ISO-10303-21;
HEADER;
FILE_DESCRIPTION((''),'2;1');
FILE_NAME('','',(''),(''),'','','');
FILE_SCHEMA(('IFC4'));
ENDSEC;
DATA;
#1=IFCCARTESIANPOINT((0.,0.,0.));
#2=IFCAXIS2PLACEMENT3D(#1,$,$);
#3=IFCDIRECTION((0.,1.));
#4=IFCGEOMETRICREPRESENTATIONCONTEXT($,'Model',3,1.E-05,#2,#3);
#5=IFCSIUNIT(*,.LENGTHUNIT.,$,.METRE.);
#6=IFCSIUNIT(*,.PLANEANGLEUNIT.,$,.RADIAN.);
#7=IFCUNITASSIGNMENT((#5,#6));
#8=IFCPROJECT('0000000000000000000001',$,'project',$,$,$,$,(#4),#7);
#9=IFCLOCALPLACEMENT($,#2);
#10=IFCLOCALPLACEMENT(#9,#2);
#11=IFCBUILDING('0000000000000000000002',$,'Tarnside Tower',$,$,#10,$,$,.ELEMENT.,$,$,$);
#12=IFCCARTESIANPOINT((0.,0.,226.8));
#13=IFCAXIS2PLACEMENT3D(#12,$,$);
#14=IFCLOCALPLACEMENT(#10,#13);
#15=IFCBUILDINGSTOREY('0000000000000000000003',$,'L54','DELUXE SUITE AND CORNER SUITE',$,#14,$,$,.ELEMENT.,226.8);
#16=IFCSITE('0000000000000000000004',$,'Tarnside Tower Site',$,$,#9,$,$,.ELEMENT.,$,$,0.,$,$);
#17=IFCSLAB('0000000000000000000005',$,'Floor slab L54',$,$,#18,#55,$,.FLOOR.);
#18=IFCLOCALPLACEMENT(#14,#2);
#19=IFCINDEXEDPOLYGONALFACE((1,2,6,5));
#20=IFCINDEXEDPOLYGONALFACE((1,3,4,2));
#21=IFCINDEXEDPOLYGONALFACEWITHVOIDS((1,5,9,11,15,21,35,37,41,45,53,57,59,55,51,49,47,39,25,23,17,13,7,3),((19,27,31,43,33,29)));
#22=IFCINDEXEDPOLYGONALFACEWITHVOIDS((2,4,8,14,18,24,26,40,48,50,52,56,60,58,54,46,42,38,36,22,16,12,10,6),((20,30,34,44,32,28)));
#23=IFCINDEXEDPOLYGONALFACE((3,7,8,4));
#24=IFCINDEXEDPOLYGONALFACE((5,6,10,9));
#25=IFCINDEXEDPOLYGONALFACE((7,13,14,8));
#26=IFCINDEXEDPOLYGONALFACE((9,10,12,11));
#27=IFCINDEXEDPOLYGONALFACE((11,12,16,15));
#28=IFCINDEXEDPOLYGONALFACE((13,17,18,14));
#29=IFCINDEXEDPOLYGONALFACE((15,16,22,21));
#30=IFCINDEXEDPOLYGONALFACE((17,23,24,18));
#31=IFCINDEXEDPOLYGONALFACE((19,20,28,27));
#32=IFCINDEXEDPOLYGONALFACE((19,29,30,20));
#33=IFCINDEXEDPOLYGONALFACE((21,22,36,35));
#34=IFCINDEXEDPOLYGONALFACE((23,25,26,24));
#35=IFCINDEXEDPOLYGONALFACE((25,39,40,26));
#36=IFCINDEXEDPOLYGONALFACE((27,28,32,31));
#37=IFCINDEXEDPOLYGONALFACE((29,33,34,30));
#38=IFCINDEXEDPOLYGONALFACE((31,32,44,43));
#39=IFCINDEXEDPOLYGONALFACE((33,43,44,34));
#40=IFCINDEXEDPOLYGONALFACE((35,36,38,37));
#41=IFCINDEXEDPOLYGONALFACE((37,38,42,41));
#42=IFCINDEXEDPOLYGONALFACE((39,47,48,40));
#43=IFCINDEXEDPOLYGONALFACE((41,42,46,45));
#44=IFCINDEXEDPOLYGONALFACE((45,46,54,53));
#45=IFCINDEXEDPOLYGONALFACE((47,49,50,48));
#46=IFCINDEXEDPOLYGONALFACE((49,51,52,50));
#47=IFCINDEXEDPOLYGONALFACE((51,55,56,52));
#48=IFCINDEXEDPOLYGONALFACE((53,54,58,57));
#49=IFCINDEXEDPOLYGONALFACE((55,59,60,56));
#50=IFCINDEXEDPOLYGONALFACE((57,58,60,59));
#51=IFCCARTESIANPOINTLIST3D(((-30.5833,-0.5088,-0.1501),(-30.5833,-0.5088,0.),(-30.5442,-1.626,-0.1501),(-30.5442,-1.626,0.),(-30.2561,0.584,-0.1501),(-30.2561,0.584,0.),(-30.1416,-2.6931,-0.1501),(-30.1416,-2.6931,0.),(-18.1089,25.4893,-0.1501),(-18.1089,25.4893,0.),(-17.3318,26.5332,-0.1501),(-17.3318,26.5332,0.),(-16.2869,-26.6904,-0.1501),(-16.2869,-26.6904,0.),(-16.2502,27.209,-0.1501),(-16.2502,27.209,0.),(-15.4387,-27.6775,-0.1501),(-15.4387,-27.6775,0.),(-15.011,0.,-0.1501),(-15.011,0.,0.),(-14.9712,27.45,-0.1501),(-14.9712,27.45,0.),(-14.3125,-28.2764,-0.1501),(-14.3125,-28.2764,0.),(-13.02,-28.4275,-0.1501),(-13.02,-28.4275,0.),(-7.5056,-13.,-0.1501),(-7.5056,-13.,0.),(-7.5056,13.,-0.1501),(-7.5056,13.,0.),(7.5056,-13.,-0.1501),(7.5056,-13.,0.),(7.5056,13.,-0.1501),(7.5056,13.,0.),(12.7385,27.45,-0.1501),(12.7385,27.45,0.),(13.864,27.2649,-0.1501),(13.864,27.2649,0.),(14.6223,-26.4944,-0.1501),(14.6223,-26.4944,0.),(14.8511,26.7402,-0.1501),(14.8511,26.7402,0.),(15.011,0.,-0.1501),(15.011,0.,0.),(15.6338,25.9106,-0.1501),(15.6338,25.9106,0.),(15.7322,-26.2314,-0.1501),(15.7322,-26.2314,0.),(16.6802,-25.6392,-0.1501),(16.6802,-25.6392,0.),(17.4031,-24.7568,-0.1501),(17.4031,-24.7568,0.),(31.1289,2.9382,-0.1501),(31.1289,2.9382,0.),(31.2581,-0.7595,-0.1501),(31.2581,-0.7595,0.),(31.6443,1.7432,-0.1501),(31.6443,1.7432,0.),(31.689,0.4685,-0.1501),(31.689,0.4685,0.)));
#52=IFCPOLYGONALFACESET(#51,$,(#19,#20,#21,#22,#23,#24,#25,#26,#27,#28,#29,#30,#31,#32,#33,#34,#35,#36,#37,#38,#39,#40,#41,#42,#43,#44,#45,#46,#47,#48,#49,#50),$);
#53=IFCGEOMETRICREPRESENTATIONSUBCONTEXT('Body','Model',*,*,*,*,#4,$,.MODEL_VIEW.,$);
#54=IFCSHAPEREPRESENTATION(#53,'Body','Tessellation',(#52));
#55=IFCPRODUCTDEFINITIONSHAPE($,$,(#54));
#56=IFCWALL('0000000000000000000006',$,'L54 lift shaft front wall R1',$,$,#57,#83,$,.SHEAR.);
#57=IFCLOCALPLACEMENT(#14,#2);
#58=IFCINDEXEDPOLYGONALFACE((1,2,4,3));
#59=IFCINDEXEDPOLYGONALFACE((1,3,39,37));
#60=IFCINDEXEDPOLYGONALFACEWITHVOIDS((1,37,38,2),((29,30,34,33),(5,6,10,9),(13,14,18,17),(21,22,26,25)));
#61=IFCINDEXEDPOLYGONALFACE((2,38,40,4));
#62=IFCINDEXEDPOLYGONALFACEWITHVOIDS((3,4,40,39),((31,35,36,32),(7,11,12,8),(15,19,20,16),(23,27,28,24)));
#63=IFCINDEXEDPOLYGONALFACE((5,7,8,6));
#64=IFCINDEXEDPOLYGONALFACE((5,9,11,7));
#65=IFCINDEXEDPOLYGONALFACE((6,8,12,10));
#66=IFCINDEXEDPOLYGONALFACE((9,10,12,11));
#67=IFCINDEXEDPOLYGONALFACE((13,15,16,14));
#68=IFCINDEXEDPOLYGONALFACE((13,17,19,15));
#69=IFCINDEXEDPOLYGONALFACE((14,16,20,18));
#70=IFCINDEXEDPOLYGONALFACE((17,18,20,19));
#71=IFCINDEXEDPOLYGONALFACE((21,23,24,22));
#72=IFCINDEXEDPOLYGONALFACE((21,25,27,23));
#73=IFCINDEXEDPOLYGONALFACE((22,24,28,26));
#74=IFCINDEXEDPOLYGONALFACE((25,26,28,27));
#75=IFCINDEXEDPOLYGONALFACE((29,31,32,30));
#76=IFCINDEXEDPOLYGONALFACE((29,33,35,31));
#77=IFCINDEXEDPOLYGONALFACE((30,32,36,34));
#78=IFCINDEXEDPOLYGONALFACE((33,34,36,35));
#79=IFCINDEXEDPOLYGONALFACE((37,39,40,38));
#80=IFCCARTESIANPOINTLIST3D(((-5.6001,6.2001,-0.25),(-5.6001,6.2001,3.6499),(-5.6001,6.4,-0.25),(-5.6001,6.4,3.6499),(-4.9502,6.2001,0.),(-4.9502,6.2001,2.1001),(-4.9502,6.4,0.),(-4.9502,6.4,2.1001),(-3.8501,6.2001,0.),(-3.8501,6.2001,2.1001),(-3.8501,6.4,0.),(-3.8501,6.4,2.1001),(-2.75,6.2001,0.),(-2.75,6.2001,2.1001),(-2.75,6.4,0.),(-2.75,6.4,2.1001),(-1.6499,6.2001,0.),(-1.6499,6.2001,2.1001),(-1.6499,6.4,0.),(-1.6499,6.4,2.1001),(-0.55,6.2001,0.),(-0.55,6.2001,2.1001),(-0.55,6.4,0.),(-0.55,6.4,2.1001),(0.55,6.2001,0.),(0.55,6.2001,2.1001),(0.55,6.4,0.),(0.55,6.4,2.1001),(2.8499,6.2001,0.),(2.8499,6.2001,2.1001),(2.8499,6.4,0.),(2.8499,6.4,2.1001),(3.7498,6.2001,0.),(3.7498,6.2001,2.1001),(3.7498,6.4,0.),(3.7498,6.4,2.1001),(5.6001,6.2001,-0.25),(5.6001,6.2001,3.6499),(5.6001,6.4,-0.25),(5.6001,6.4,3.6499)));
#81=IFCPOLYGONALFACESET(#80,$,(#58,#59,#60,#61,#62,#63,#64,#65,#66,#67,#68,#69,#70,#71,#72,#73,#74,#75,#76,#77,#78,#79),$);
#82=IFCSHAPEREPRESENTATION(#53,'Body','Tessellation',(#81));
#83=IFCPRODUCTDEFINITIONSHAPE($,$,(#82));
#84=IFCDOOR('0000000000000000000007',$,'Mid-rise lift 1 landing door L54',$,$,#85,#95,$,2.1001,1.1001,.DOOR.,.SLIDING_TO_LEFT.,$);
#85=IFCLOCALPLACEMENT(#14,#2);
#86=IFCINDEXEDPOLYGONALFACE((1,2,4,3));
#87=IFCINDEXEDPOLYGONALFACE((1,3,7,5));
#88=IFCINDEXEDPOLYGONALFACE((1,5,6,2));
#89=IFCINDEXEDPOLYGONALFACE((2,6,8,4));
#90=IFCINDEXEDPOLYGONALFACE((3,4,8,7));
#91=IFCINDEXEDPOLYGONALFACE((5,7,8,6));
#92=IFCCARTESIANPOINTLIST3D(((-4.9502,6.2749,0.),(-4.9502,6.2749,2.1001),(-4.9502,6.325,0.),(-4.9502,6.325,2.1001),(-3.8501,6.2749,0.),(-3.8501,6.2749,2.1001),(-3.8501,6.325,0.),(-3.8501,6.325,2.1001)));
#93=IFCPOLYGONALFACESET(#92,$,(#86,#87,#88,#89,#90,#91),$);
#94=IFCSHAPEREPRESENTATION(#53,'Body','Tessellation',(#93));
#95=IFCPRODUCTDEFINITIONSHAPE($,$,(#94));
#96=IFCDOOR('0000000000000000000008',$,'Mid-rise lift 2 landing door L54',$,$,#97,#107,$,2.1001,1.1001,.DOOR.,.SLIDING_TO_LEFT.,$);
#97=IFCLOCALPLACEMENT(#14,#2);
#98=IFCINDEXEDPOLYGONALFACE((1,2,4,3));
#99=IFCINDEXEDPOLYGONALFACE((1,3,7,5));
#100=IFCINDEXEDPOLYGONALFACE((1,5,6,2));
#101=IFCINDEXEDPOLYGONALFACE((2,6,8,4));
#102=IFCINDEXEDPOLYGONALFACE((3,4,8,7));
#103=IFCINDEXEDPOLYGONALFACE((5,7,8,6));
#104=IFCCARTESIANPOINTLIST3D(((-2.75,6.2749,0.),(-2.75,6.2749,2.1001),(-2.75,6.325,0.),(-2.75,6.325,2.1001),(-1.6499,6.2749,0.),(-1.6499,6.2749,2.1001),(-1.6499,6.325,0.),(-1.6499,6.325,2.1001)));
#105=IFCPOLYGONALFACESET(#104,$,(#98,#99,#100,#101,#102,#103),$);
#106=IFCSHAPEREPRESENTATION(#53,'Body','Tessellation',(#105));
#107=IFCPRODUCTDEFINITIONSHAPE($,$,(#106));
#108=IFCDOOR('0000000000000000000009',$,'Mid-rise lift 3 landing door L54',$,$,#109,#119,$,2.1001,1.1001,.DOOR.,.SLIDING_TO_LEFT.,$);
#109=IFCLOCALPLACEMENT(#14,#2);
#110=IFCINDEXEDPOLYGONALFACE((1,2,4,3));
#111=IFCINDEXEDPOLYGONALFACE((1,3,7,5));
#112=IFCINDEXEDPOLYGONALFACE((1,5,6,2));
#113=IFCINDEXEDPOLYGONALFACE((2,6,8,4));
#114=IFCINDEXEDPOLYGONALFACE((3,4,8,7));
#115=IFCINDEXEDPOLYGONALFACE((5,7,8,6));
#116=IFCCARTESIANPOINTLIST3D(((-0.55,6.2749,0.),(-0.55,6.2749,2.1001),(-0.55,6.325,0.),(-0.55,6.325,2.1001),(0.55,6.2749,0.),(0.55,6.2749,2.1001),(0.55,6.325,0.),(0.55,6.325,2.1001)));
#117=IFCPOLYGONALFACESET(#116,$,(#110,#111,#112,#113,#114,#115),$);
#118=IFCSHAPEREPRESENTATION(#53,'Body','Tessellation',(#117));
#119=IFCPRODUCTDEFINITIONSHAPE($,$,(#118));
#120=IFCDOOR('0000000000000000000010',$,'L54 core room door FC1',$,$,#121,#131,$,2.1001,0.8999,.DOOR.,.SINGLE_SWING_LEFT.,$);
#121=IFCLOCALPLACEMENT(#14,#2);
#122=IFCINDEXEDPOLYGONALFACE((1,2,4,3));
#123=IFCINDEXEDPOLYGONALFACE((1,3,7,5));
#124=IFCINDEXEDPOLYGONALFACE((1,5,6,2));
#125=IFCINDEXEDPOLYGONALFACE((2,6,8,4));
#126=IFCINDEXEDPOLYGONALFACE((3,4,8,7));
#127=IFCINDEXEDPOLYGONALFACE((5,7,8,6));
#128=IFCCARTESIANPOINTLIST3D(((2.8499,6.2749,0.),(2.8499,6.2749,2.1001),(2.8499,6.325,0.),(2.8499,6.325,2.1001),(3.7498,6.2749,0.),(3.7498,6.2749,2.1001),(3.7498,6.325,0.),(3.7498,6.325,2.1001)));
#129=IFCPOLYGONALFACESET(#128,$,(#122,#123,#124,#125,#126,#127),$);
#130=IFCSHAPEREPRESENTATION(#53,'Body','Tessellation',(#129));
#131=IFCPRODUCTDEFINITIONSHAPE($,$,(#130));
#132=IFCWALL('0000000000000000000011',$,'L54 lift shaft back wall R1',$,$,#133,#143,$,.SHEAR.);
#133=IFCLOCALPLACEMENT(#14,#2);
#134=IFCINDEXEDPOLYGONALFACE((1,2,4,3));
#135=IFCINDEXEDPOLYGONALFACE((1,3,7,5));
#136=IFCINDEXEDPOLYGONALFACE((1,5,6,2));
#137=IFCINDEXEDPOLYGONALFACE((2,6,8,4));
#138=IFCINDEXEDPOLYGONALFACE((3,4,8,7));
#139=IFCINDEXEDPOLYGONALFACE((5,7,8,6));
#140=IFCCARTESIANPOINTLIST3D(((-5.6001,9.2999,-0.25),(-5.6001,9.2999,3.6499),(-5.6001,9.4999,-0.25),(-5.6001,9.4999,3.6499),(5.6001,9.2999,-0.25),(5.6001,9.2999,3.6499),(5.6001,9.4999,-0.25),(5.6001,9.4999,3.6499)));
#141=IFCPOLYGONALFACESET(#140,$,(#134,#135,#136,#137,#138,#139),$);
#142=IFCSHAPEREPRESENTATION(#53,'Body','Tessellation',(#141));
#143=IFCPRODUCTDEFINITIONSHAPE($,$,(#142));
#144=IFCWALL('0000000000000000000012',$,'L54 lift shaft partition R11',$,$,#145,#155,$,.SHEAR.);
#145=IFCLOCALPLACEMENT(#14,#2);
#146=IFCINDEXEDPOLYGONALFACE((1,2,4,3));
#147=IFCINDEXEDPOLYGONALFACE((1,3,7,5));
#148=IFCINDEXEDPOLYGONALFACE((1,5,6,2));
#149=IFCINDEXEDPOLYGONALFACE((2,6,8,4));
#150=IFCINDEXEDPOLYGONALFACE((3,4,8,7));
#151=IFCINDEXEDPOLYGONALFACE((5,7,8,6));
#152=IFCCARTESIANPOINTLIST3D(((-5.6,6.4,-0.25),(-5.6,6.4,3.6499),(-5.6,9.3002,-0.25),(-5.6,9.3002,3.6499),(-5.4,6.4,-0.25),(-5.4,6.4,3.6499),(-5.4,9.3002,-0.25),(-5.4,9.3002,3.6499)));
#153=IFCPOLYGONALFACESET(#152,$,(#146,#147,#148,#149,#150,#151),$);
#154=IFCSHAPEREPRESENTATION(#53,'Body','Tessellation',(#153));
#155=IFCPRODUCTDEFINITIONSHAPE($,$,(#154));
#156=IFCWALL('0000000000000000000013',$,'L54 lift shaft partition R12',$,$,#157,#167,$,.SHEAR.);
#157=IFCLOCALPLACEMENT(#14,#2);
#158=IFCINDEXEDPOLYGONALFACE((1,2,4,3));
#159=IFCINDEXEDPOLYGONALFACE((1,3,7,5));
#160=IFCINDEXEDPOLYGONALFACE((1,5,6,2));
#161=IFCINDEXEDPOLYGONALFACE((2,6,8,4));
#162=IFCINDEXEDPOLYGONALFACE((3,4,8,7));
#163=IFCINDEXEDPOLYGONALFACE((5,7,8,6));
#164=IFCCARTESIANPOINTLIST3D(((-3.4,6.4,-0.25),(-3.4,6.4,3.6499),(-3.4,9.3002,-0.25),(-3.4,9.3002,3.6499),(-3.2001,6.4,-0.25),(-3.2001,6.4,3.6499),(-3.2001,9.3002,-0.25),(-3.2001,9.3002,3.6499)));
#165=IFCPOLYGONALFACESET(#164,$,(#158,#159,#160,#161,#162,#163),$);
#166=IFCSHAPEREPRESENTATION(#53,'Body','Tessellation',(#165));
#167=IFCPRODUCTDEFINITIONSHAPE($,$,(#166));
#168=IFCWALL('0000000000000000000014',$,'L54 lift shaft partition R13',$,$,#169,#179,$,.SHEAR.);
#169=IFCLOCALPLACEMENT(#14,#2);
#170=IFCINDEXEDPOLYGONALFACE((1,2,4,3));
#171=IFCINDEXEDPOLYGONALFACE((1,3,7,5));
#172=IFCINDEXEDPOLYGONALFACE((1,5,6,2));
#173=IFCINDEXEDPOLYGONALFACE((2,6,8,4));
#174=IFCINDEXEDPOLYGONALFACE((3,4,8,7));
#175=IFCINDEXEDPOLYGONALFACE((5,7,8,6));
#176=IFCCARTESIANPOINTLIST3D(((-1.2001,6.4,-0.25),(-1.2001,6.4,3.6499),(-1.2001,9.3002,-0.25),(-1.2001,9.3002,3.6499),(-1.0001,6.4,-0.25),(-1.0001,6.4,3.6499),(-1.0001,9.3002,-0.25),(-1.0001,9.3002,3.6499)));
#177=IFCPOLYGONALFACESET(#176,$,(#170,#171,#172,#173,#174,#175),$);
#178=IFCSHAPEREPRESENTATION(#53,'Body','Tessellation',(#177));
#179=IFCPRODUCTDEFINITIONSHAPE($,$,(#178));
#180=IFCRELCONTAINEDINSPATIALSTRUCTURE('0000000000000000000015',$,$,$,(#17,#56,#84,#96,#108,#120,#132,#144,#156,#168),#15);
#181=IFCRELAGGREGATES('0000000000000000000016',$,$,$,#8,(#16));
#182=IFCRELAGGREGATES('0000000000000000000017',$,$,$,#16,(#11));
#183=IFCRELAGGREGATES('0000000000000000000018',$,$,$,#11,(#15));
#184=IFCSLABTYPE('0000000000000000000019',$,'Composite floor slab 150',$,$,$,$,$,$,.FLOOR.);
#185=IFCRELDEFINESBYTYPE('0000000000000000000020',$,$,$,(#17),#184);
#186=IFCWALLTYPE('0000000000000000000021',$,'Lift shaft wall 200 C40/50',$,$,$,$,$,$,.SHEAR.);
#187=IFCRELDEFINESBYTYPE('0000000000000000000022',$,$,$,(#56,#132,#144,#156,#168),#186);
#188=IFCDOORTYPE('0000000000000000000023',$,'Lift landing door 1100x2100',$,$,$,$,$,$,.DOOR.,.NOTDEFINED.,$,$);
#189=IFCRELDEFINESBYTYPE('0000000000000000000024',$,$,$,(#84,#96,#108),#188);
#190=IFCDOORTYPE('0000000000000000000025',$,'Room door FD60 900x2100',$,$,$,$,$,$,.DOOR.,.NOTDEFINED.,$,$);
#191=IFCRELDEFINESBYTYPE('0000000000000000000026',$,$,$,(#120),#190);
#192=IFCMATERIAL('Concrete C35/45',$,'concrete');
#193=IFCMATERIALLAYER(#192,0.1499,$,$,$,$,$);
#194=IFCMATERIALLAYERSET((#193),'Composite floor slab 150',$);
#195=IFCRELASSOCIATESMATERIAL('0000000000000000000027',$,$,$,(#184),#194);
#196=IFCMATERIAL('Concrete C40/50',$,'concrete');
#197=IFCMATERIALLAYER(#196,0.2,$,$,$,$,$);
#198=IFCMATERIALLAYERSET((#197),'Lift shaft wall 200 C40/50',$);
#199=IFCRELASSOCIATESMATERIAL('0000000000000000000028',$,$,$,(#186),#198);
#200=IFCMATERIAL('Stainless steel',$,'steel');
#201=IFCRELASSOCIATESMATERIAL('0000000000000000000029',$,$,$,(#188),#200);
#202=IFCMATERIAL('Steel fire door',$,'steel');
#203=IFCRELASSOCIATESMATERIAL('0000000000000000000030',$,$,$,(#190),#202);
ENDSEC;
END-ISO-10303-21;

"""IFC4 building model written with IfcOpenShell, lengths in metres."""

from ifc_helpers import new_model, si_unit, direction, frame, frame_2d, origin, place, context, subcontext, project, spatial, polyline, rectangle, outline, extrude, material, layer, layer_set, type_object, element, fill, save


model = new_model("IFC4")

# Units and contexts
model_context = context("Model", 3, precision=1e-05, world=origin(), true_north=direction((0.0, 1.0)))
body_context = subcontext(model_context, "Body", "Model", "MODEL_VIEW")
ifc_project = project(units=[si_unit("LENGTHUNIT", "METRE"), si_unit("PLANEANGLEUNIT", "RADIAN")], contexts=[model_context])

# Site, building, storey
site_placement = place(None, origin())
site = spatial("IfcSite", under=ifc_project, at=site_placement, Name="Tarnside Tower Site", CompositionType="ELEMENT", RefElevation=0.0)
building_placement = place(site_placement, origin())
building = spatial("IfcBuilding", under=site, at=building_placement, Name="Tarnside Tower", CompositionType="ELEMENT")
storey_placement = place(building_placement, frame((0.0, 0.0, 226.8)))
storey = spatial("IfcBuildingStorey", under=building, at=storey_placement, Name="L54", Description="DELUXE SUITE AND CORNER SUITE", CompositionType="ELEMENT", Elevation=226.8)

# Slab
ifc_material_1 = material(Name="Concrete C35/45", Category="concrete")
ifc_layer_1 = layer(ifc_material_1, 0.1499)
ifc_layer_set_1 = layer_set([ifc_layer_1], Name="Composite floor slab 150")
slab_type = type_object("IfcSlabType", Name="Composite floor slab 150", PredefinedType="FLOOR", material=ifc_layer_set_1)
slab_placement = place(storey_placement, frame((0.0, 0.0, -0.1501)))
element("IfcSlab", 1, at=slab_placement, inside=storey, type_object=slab_type, Name="Floor slab L54", PredefinedType="FLOOR", context=body_context, shape_type="SweptSolid", body=[
    extrude(outline(polyline([(13.864, 27.2649), (14.8511, 26.7402), (15.6338, 25.9106), (31.1289, 2.9382), (31.6443, 1.7432), (31.689, 0.4685), (31.2581, -0.7595), (17.4031, -24.7568), (16.6802, -25.6392), (15.7322, -26.2314), (14.6223, -26.4944), (-13.02, -28.4275), (-14.3125, -28.2764), (-15.4387, -27.6775), (-16.2869, -26.6904), (-30.1416, -2.6931), (-30.5442, -1.626), (-30.5833, -0.5088), (-30.2561, 0.584), (-18.1089, 25.4893), (-17.3318, 26.5332), (-16.2502, 27.209), (-14.9712, 27.45), (12.7385, 27.45), (13.864, 27.2649)]), holes=[polyline([(-15.011, 0.0), (-7.5056, -13.0), (7.5056, -13.0), (15.011, 0.0), (7.5056, 13.0), (-7.5056, 13.0), (-15.011, 0.0)])]), origin(), (0.0, 0.0, 1.0), 0.1501),
])

# Wall, openings, doors
ifc_material_2 = material(Name="Concrete C40/50", Category="concrete")
ifc_layer_2 = layer(ifc_material_2, 0.2)
ifc_layer_set_2 = layer_set([ifc_layer_2], Name="Lift shaft wall 200 C40/50")
wall_type = type_object("IfcWallType", Name="Lift shaft wall 200 C40/50", PredefinedType="SHEAR", material=ifc_layer_set_2)
wall_1_placement = place(storey_placement, frame((-5.6001, 6.3, -0.25), z_axis=(0.0, 0.0, 1.0), x_axis=(1.0, 0.0, 0.0)))
wall_1 = element("IfcWall", 2, at=wall_1_placement, inside=storey, type_object=wall_type, Name="L54 lift shaft front wall R1", PredefinedType="SHEAR", context=body_context, shape_type="SweptSolid", body=[
    extrude(rectangle(XDim=11.2002, YDim=0.2, at=frame_2d((5.6001, 0.0))), origin(), (0.0, 0.0, 1.0), 3.8999),
])
opening_1_placement = place(wall_1_placement, frame((8.45, 0.0, 0.25)))
opening_1 = element("IfcOpeningElement", 3, at=opening_1_placement, cuts=wall_1, PredefinedType="OPENING", context=body_context, shape_type="SweptSolid", body=[
    extrude(rectangle(XDim=0.8999, YDim=2.1001, at=frame_2d((0.45, 1.05))), frame((0.0, 0.1099, 0.0), z_axis=(0.0, -1.0, 0.0), x_axis=(1.0, 0.0, 0.0)), (0.0, 0.0, 1.0), 0.22),
])
opening_2_placement = place(wall_1_placement, frame((0.6499, 0.0, 0.25)))
opening_2 = element("IfcOpeningElement", 4, at=opening_2_placement, cuts=wall_1, PredefinedType="OPENING", context=body_context, shape_type="SweptSolid", body=[
    extrude(rectangle(XDim=1.1001, YDim=2.1001, at=frame_2d((0.55, 1.05))), frame((0.0, 0.1099, 0.0), z_axis=(0.0, -1.0, 0.0), x_axis=(1.0, 0.0, 0.0)), (0.0, 0.0, 1.0), 0.22),
])
opening_3_placement = place(wall_1_placement, frame((2.8501, 0.0, 0.25)))
opening_3 = element("IfcOpeningElement", 5, at=opening_3_placement, cuts=wall_1, PredefinedType="OPENING", context=body_context, shape_type="SweptSolid", body=[
    extrude(rectangle(XDim=1.1001, YDim=2.1001, at=frame_2d((0.55, 1.05))), frame((0.0, 0.1099, 0.0), z_axis=(0.0, -1.0, 0.0), x_axis=(1.0, 0.0, 0.0)), (0.0, 0.0, 1.0), 0.22),
])
opening_4_placement = place(wall_1_placement, frame((5.05, 0.0, 0.25)))
opening_4 = element("IfcOpeningElement", 6, at=opening_4_placement, cuts=wall_1, PredefinedType="OPENING", context=body_context, shape_type="SweptSolid", body=[
    extrude(rectangle(XDim=1.1001, YDim=2.1001, at=frame_2d((0.55, 1.05))), frame((0.0, 0.1099, 0.0), z_axis=(0.0, -1.0, 0.0), x_axis=(1.0, 0.0, 0.0)), (0.0, 0.0, 1.0), 0.22),
])
ifc_material_3 = material(Name="Stainless steel", Category="steel")
door_type_1 = type_object("IfcDoorType", Name="Lift landing door 1100x2100", OperationType="NOTDEFINED", PredefinedType="DOOR", material=ifc_material_3)
door_1_placement = place(opening_2_placement, origin())
door_1 = element("IfcDoor", 7, at=door_1_placement, inside=storey, type_object=door_type_1, Name="Mid-rise lift 1 landing door L54", OperationType="SLIDING_TO_LEFT", OverallHeight=2.1001, OverallWidth=1.1001, PredefinedType="DOOR", context=body_context, shape_type="SweptSolid", body=[
    extrude(rectangle(XDim=1.1001, YDim=2.1001, at=frame_2d((0.55, 1.05))), frame((0.0, 0.0249, 0.0), z_axis=(0.0, -1.0, 0.0), x_axis=(1.0, 0.0, 0.0)), (0.0, 0.0, 1.0), 0.05),
])
fill(opening_2, door_1)
door_2_placement = place(opening_3_placement, origin())
door_2 = element("IfcDoor", 8, at=door_2_placement, inside=storey, type_object=door_type_1, Name="Mid-rise lift 2 landing door L54", OperationType="SLIDING_TO_LEFT", OverallHeight=2.1001, OverallWidth=1.1001, PredefinedType="DOOR", context=body_context, shape_type="SweptSolid", body=[
    extrude(rectangle(XDim=1.1001, YDim=2.1001, at=frame_2d((0.55, 1.05))), frame((0.0, 0.0249, 0.0), z_axis=(0.0, -1.0, 0.0), x_axis=(1.0, 0.0, 0.0)), (0.0, 0.0, 1.0), 0.05),
])
fill(opening_3, door_2)
door_3_placement = place(opening_4_placement, origin())
door_3 = element("IfcDoor", 9, at=door_3_placement, inside=storey, type_object=door_type_1, Name="Mid-rise lift 3 landing door L54", OperationType="SLIDING_TO_LEFT", OverallHeight=2.1001, OverallWidth=1.1001, PredefinedType="DOOR", context=body_context, shape_type="SweptSolid", body=[
    extrude(rectangle(XDim=1.1001, YDim=2.1001, at=frame_2d((0.55, 1.05))), frame((0.0, 0.0249, 0.0), z_axis=(0.0, -1.0, 0.0), x_axis=(1.0, 0.0, 0.0)), (0.0, 0.0, 1.0), 0.05),
])
fill(opening_4, door_3)
ifc_material_4 = material(Name="Steel fire door", Category="steel")
door_type_2 = type_object("IfcDoorType", Name="Room door FD60 900x2100", OperationType="NOTDEFINED", PredefinedType="DOOR", material=ifc_material_4)
door_4_placement = place(opening_1_placement, origin())
door_4 = element("IfcDoor", 10, at=door_4_placement, inside=storey, type_object=door_type_2, Name="L54 core room door FC1", OperationType="SINGLE_SWING_LEFT", OverallHeight=2.1001, OverallWidth=0.8999, PredefinedType="DOOR", context=body_context, shape_type="SweptSolid", body=[
    extrude(rectangle(XDim=0.8999, YDim=2.1001, at=frame_2d((0.45, 1.05))), frame((0.0, 0.0249, 0.0), z_axis=(0.0, -1.0, 0.0), x_axis=(1.0, 0.0, 0.0)), (0.0, 0.0, 1.0), 0.05),
])
fill(opening_1, door_4)

# Walls
wall_2_placement = place(storey_placement, frame((-5.6001, 9.3999, -0.25), z_axis=(0.0, 0.0, 1.0), x_axis=(1.0, 0.0, 0.0)))
element("IfcWall", 11, at=wall_2_placement, inside=storey, type_object=wall_type, Name="L54 lift shaft back wall R1", PredefinedType="SHEAR", context=body_context, shape_type="SweptSolid", body=[
    extrude(rectangle(XDim=11.2002, YDim=0.2, at=frame_2d((5.6001, 0.0))), origin(), (0.0, 0.0, 1.0), 3.8999),
])
for number, where, z_axis, x_axis, name in (
    (12, (-5.5, 6.3999, -0.25), (0.0, 0.0, 1.0), (0.0, 1.0, 0.0), "L54 lift shaft partition R11"),
    (13, (-3.3, 6.3999, -0.25), (0.0, 0.0, 1.0), (0.0, 1.0, 0.0), "L54 lift shaft partition R12"),
    (14, (-1.1001, 6.3999, -0.25), (0.0, 0.0, 1.0), (0.0, 1.0, 0.0), "L54 lift shaft partition R13"),
):
    element("IfcWall", number, at=place(storey_placement, frame(where, z_axis=z_axis, x_axis=x_axis)), inside=storey, type_object=wall_type, Name=name, PredefinedType="SHEAR", context=body_context, shape_type="SweptSolid", body=[
        extrude(rectangle(XDim=2.9001, YDim=0.2, at=frame_2d((1.4502, 0.0))), origin(), (0.0, 0.0, 1.0), 3.8999),
    ])

save(model, "model.ifc")
